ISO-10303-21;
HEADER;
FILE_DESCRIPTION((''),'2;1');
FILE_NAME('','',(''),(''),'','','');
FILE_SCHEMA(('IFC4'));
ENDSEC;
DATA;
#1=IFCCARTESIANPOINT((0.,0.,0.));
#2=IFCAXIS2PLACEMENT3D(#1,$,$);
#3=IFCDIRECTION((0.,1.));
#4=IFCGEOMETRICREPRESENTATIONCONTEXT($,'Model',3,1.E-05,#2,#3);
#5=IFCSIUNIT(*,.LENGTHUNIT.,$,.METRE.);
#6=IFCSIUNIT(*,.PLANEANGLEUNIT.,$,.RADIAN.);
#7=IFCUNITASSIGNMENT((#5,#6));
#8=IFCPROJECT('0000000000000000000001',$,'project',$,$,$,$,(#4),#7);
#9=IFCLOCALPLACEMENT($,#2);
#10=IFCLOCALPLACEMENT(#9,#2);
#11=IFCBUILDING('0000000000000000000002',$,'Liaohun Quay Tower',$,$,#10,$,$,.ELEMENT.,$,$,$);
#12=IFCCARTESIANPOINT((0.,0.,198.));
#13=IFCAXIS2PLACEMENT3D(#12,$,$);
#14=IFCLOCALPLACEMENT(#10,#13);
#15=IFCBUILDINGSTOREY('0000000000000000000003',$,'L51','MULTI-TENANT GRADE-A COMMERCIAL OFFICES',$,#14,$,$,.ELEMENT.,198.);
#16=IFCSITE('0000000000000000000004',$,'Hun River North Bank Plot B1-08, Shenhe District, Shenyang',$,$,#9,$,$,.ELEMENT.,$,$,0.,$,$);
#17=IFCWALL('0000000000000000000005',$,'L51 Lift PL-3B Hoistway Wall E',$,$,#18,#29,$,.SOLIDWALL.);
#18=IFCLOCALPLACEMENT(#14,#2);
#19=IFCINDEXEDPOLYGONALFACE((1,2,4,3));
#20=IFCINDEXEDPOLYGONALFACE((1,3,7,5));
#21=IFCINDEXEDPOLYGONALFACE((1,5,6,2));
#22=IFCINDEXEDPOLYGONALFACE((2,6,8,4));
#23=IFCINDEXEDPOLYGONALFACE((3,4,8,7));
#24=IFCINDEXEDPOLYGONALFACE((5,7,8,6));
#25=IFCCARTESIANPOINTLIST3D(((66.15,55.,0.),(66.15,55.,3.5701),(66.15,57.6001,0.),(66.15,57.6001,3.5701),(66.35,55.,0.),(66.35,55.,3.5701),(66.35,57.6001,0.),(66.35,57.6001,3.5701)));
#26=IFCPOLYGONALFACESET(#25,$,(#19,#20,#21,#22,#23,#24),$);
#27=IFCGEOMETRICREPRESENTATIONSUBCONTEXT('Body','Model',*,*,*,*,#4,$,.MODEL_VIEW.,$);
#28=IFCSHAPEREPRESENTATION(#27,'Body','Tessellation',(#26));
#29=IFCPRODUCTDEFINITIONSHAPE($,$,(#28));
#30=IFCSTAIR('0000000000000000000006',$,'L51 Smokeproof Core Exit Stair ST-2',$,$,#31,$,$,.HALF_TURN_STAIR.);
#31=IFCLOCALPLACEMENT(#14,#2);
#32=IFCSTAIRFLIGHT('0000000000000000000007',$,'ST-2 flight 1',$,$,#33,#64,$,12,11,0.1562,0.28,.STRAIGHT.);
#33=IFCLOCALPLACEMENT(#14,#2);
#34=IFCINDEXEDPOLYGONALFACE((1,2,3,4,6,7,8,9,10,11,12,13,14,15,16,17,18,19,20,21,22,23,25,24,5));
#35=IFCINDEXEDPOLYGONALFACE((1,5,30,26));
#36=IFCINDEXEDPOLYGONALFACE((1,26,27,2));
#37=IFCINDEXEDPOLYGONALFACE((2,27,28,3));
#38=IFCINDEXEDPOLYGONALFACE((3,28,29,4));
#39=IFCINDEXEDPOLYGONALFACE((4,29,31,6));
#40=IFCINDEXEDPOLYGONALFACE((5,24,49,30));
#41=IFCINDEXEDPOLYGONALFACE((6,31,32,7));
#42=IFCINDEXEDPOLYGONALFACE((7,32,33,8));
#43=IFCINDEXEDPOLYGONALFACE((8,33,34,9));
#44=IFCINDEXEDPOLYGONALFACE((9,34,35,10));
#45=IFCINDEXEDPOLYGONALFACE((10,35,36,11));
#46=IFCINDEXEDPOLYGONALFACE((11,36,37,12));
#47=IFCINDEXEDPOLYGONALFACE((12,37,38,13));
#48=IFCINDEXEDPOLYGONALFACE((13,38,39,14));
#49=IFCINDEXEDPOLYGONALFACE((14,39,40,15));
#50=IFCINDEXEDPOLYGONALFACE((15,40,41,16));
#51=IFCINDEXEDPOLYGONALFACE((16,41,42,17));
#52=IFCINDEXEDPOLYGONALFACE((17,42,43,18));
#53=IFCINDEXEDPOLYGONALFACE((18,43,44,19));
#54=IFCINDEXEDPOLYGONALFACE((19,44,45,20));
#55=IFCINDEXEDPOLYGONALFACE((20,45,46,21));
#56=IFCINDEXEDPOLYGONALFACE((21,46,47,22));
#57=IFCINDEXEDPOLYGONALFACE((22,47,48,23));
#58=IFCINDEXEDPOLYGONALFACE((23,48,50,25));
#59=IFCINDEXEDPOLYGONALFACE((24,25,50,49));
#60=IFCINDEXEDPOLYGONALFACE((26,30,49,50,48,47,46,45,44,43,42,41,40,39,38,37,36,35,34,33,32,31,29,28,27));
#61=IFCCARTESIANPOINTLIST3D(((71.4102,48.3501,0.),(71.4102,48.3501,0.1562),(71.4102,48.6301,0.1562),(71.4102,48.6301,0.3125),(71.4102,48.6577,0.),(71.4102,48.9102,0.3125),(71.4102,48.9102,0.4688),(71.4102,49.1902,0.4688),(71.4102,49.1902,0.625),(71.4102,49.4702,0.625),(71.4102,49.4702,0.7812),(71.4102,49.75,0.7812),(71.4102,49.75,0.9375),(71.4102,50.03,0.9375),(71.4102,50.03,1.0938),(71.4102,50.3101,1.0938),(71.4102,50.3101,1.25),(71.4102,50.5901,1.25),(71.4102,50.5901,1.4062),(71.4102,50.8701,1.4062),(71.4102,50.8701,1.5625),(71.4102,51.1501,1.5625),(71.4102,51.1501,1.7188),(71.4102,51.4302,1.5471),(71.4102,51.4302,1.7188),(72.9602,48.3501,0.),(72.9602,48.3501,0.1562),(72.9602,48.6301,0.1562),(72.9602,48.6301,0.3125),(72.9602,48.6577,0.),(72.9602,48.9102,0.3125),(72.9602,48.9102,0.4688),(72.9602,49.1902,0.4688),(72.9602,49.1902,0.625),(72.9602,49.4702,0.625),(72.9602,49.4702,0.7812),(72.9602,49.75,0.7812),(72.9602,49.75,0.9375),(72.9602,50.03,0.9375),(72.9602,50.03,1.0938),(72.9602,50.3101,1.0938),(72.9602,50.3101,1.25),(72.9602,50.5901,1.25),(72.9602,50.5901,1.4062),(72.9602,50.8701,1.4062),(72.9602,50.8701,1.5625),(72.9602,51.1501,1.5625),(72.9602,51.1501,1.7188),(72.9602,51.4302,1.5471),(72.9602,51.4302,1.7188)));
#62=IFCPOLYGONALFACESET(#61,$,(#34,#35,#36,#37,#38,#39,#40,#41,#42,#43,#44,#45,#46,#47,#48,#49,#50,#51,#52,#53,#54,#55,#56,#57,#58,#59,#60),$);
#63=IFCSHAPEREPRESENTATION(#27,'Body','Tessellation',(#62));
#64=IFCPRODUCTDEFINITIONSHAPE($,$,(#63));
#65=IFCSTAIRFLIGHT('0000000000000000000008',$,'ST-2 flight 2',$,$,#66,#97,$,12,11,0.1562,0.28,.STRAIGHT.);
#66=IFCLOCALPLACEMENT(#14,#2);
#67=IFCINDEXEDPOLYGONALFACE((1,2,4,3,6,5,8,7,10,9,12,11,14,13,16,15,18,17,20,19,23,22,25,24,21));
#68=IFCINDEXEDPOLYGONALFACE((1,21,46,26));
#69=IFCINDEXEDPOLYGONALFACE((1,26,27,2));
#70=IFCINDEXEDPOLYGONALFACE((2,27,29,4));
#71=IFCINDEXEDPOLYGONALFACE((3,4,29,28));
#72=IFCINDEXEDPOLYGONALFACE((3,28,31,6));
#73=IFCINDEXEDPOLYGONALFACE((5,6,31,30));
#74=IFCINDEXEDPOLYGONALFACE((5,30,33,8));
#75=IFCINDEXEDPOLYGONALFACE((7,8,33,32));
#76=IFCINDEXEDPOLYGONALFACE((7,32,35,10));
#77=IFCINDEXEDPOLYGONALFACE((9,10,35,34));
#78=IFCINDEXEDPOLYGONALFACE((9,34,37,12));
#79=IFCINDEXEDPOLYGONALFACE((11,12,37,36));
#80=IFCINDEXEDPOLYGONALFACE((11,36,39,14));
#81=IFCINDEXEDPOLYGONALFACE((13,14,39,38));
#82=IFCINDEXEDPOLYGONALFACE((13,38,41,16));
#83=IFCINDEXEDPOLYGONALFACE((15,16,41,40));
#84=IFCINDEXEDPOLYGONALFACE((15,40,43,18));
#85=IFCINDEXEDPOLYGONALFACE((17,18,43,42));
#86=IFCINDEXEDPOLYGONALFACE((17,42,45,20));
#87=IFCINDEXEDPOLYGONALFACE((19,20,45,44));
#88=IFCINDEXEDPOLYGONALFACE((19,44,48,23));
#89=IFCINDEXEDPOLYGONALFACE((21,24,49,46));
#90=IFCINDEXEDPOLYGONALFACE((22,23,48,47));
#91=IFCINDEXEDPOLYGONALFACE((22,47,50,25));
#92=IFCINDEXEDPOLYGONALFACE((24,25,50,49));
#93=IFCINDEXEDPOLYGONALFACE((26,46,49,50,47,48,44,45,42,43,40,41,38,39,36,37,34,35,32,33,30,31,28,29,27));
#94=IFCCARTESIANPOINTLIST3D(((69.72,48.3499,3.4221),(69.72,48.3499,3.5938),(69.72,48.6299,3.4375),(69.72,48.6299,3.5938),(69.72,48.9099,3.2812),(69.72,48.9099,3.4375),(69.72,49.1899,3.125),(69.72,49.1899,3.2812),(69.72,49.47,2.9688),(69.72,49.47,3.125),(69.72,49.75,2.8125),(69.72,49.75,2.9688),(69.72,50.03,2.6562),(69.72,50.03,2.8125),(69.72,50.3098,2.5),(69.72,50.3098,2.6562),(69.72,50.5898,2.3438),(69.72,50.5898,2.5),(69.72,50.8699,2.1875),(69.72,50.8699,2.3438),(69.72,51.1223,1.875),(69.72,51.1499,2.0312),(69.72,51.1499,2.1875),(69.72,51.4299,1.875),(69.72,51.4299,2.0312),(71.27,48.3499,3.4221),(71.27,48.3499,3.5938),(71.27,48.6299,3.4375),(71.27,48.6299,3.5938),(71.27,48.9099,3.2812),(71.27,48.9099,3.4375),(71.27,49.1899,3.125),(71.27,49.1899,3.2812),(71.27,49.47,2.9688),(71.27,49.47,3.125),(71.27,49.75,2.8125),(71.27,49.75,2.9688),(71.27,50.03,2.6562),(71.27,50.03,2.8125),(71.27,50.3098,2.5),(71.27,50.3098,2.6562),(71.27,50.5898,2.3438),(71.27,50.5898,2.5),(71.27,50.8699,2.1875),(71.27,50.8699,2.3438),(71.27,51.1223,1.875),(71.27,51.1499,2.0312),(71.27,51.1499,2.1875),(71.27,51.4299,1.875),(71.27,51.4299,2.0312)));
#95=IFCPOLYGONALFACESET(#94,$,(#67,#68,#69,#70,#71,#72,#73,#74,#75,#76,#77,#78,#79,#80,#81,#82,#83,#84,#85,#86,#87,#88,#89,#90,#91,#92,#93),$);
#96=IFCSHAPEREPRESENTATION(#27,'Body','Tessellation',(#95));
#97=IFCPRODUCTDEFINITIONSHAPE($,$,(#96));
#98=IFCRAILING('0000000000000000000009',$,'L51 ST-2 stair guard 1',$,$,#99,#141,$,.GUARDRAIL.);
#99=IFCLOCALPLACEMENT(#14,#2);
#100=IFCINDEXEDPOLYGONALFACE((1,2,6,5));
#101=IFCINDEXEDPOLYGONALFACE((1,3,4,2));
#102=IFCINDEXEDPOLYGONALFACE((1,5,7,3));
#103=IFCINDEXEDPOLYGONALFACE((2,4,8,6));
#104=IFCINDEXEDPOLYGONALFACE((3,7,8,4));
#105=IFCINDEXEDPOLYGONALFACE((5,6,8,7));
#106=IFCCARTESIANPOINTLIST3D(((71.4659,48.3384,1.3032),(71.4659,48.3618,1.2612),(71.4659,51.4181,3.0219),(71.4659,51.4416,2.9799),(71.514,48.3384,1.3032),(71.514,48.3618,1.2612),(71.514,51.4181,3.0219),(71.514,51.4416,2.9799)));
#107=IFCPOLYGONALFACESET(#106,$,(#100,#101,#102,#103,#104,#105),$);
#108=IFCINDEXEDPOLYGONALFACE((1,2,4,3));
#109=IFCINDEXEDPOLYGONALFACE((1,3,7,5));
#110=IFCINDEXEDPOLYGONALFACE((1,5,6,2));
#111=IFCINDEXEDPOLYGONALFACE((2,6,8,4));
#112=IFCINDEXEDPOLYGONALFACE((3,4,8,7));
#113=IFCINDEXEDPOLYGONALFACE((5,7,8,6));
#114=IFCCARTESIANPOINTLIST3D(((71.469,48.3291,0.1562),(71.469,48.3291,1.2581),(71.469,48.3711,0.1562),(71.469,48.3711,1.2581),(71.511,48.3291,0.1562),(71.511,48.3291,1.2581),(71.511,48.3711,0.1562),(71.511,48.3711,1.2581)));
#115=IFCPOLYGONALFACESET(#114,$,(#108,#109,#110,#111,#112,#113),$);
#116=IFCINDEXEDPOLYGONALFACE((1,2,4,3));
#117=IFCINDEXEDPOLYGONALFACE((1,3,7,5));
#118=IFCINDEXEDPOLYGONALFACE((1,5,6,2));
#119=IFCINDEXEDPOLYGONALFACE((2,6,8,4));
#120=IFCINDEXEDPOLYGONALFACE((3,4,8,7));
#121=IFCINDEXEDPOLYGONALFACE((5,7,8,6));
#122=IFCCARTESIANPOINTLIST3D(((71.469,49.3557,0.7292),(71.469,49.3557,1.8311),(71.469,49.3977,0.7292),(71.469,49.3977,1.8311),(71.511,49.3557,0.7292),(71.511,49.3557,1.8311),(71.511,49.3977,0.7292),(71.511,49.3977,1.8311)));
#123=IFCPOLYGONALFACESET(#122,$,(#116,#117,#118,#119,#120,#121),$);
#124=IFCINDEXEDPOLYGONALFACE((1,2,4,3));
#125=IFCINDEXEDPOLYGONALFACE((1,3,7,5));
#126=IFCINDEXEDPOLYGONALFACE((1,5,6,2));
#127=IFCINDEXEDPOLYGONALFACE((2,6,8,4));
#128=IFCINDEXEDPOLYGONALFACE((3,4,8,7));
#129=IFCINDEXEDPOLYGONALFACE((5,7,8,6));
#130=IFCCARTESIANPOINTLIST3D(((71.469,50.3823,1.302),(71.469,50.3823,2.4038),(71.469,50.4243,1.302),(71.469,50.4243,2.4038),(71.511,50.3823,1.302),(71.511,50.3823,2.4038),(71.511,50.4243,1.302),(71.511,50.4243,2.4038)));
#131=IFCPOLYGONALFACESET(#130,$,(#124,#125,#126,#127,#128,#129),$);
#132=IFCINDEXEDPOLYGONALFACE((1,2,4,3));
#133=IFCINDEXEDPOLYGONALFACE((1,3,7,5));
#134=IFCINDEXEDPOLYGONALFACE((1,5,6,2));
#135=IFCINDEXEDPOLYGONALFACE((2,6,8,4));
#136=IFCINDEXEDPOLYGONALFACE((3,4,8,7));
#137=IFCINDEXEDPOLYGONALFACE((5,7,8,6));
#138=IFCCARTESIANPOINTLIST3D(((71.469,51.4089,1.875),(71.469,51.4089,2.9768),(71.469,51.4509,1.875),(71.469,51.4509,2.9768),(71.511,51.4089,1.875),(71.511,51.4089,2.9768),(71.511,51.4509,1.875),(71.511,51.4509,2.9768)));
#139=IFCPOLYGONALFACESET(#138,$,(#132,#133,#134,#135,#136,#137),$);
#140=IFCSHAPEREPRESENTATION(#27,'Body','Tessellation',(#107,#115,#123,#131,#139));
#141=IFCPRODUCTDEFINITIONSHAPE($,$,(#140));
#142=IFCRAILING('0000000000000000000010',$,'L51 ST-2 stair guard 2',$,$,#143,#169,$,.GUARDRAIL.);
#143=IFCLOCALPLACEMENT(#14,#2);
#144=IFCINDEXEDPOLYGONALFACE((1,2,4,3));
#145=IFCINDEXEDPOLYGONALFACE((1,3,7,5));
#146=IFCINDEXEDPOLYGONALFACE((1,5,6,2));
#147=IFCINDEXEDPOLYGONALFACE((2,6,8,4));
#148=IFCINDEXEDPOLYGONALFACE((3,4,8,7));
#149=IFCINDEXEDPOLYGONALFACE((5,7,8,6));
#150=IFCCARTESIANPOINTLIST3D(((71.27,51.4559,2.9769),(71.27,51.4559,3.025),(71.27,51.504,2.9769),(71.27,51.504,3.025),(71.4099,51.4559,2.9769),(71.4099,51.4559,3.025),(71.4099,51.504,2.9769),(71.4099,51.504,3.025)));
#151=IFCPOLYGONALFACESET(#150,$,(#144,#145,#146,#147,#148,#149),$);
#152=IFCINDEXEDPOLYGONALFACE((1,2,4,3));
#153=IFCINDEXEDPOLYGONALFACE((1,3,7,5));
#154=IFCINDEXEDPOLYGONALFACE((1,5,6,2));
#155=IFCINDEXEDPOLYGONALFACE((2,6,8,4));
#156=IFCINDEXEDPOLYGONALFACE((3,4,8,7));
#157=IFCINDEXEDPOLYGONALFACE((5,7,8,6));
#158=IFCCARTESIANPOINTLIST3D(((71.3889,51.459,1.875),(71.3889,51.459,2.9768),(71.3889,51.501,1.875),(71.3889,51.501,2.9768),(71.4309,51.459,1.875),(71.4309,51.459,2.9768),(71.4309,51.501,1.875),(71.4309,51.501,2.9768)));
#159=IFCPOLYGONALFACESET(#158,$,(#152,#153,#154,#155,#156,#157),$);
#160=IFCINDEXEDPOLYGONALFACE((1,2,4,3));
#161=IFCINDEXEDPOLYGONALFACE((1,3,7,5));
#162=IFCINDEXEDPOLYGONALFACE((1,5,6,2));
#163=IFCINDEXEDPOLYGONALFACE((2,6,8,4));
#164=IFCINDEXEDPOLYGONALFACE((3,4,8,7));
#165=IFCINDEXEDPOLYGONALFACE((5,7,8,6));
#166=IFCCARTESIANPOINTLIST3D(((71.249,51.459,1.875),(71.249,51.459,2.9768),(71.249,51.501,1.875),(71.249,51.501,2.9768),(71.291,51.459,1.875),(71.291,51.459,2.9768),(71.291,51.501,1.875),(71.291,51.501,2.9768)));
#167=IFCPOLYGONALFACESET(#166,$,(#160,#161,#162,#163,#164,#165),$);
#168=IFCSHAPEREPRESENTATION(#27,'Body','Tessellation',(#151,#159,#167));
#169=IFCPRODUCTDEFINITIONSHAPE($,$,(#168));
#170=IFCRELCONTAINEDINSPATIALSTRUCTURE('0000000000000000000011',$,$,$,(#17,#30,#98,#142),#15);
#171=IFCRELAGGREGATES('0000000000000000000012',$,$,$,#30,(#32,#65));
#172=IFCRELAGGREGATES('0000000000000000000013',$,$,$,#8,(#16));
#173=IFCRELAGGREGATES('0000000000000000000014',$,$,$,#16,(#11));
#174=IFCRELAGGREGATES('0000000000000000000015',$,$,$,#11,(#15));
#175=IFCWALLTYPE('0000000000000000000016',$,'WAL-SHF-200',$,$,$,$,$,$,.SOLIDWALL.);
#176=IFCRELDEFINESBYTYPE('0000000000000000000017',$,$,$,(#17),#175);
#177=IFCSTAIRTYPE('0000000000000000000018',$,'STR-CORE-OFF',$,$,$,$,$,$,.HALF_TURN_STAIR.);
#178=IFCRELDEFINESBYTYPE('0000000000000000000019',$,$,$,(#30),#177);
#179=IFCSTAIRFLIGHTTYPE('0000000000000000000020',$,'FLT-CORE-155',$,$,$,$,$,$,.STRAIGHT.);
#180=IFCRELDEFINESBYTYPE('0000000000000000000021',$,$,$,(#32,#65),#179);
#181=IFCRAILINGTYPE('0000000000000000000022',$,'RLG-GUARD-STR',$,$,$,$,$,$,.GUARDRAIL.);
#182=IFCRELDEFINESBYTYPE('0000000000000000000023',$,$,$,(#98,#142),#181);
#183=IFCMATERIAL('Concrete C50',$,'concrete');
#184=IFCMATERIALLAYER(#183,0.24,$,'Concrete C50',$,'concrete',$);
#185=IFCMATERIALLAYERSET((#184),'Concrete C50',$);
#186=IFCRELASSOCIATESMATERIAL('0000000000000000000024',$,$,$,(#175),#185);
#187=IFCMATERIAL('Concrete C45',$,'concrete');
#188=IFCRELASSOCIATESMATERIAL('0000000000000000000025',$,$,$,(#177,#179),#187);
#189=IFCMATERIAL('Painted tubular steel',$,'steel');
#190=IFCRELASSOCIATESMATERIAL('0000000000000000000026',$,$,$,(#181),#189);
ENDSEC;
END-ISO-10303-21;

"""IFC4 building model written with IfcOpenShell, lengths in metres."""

from ifc_helpers import new_model, si_unit, direction, frame, frame_2d, origin, origin_2d, place, context, subcontext, project, spatial, polyline, rectangle, outline, extrude, material, layer, layer_set, type_object, element, aggregate, save


model = new_model("IFC4")

# Units and contexts
model_context = context("Model", 3, precision=1e-05, world=origin(), true_north=direction((0.0, 1.0)))
body_context = subcontext(model_context, "Body", "Model", "MODEL_VIEW")
ifc_project = project(units=[si_unit("LENGTHUNIT", "METRE"), si_unit("PLANEANGLEUNIT", "RADIAN")], contexts=[model_context])

# Site, building, storey
site_placement = place(None, origin())
site = spatial("IfcSite", under=ifc_project, at=site_placement, Name="Hun River North Bank Plot B1-08, Shenhe District, Shenyang", CompositionType="ELEMENT", RefElevation=0.0)
building_placement = place(site_placement, origin())
building = spatial("IfcBuilding", under=site, at=building_placement, Name="Liaohun Quay Tower", CompositionType="ELEMENT")
storey_placement = place(building_placement, frame((0.0, 0.0, 198.0)))
storey = spatial("IfcBuildingStorey", under=building, at=storey_placement, Name="L51", Description="MULTI-TENANT GRADE-A COMMERCIAL OFFICES", CompositionType="ELEMENT", Elevation=198.0)

# Shared definitions
ifc_material_1 = material(Name="Concrete C50", Category="concrete")
ifc_layer_1 = layer(ifc_material_1, 0.24, Name="Concrete C50", Category="concrete")
ifc_layer_set_1 = layer_set([ifc_layer_1], Name="Concrete C50")
wall_type_1 = type_object("IfcWallType", Name="WAL-SHF-200", PredefinedType="SOLIDWALL", material=ifc_layer_set_1)

# Wall
wall_1_placement = place(storey_placement, frame((66.25, 55.0, 0.0), z_axis=(0.0, 0.0, 1.0), x_axis=(0.0, 1.0, 0.0)))
element("IfcWall", 1, at=wall_1_placement, inside=storey, type_object=wall_type_1, Name="L51 Lift PL-3B Hoistway Wall E", PredefinedType="SOLIDWALL", context=body_context, shape_type="SweptSolid", body=[
    extrude(rectangle(XDim=2.6001, YDim=0.2, at=frame_2d((1.3, 0.0))), origin(), (0.0, 0.0, 1.0), 3.5701),
])

# Stair, stair flights
ifc_material_2 = material(Name="Concrete C45", Category="concrete")
stair_type = type_object("IfcStairType", Name="STR-CORE-OFF", PredefinedType="HALF_TURN_STAIR", material=ifc_material_2)
stair_placement = place(storey_placement, origin())
stair = element("IfcStair", 2, at=stair_placement, inside=storey, type_object=stair_type, Name="L51 Smokeproof Core Exit Stair ST-2", PredefinedType="HALF_TURN_STAIR")
stair_flight_type = type_object("IfcStairFlightType", Name="FLT-CORE-155", PredefinedType="STRAIGHT", material=ifc_material_2)
stair_flight_1_placement = place(storey_placement, frame((72.1851, 48.3501, 0.0), z_axis=(0.0, 0.0, 1.0), x_axis=(0.0, 1.0, 0.0)))
stair_flight_1 = element("IfcStairFlight", 3, at=stair_flight_1_placement, type_object=stair_flight_type, Name="ST-2 flight 1", NumberOfRisers=12, NumberOfTreads=11, PredefinedType="STRAIGHT", RiserHeight=0.1562, TreadLength=0.28, context=body_context, shape_type="SweptSolid", body=[
    extrude(outline(polyline([(0.0, 0.0), (0.0, 0.1562), (0.28, 0.1562), (0.28, 0.3125), (0.5601, 0.3125), (0.5601, 0.4688), (0.8401, 0.4688), (0.8401, 0.625), (1.1201, 0.625), (1.1201, 0.7812), (1.3999, 0.7812), (1.3999, 0.9375), (1.6799, 0.9375), (1.6799, 1.0938), (1.96, 1.0938), (1.96, 1.25), (2.24, 1.25), (2.24, 1.4062), (2.52, 1.4062), (2.52, 1.5625), (2.8, 1.5625), (2.8, 1.7188), (3.0801, 1.7188), (3.0801, 1.875), (3.0801, 1.5471), (0.3076, 0.0), (0.0, 0.0)])), frame((0.0, 0.7749, 0.0), z_axis=(0.0, -1.0, 0.0), x_axis=(1.0, 0.0, 0.0)), (0.0, 0.0, 1.0), 1.55),
])
stair_flight_2_placement = place(storey_placement, frame((70.4951, 51.4299, 1.875), z_axis=(0.0, 0.0, 1.0), x_axis=(0.0, -1.0, 0.0)))
stair_flight_2 = element("IfcStairFlight", 4, at=stair_flight_2_placement, type_object=stair_flight_type, Name="ST-2 flight 2", NumberOfRisers=12, NumberOfTreads=11, PredefinedType="STRAIGHT", RiserHeight=0.1562, TreadLength=0.28, context=body_context, shape_type="SweptSolid", body=[
    extrude(outline(polyline([(0.0, 0.0), (0.0, 0.1562), (0.28, 0.1562), (0.28, 0.3125), (0.5601, 0.3125), (0.5601, 0.4688), (0.8401, 0.4688), (0.8401, 0.625), (1.1201, 0.625), (1.1201, 0.7812), (1.3999, 0.7812), (1.3999, 0.9375), (1.6799, 0.9375), (1.6799, 1.0938), (1.96, 1.0938), (1.96, 1.25), (2.24, 1.25), (2.24, 1.4062), (2.52, 1.4062), (2.52, 1.5625), (2.8, 1.5625), (2.8, 1.7188), (3.0801, 1.7188), (3.0801, 1.875), (3.0801, 1.5471), (0.3076, 0.0), (0.0, 0.0)])), frame((0.0, 0.7749, 0.0), z_axis=(0.0, -1.0, 0.0), x_axis=(1.0, 0.0, 0.0)), (0.0, 0.0, 1.0), 1.55),
])
aggregate(stair, [stair_flight_1, stair_flight_2])

# Railings
ifc_material_3 = material(Name="Painted tubular steel", Category="steel")
railing_type_1 = type_object("IfcRailingType", Name="RLG-GUARD-STR", PredefinedType="GUARDRAIL", material=ifc_material_3)
railing_1_placement = place(storey_placement, frame((71.49, 48.3501, 0.1562)))
element("IfcRailing", 5, at=railing_1_placement, inside=storey, type_object=railing_type_1, Name="L51 ST-2 stair guard 1", PredefinedType="GUARDRAIL", context=body_context, shape_type="SweptSolid", body=[
    extrude(rectangle(XDim=0.0481, YDim=0.0481, at=origin_2d()), frame((0.0, 0.0, 1.126), z_axis=(0.0, 0.873225, 0.487317), x_axis=(-1.0, 0.0, 0.0)), (0.0, 0.0, 1.0), 3.5269),
    extrude(rectangle(XDim=0.042, YDim=0.042, at=origin_2d()), origin(), (0.0, 0.0, 1.0), 1.1018),
    extrude(rectangle(XDim=0.042, YDim=0.042, at=origin_2d()), frame((0.0, 1.0266, 0.573)), (0.0, 0.0, 1.0), 1.1018),
    extrude(rectangle(XDim=0.042, YDim=0.042, at=origin_2d()), frame((0.0, 2.0532, 1.1458)), (0.0, 0.0, 1.0), 1.1018),
    extrude(rectangle(XDim=0.042, YDim=0.042, at=origin_2d()), frame((0.0, 3.0798, 1.7188)), (0.0, 0.0, 1.0), 1.1018),
])
railing_2_placement = place(storey_placement, frame((71.4099, 51.48, 1.875)))
element("IfcRailing", 6, at=railing_2_placement, inside=storey, type_object=railing_type_1, Name="L51 ST-2 stair guard 2", PredefinedType="GUARDRAIL", context=body_context, shape_type="SweptSolid", body=[
    extrude(rectangle(XDim=0.0481, YDim=0.0481, at=origin_2d()), frame((0.0, 0.0, 1.126), z_axis=(-1.0, 0.0, 0.0), x_axis=(0.0, -1.0, 0.0)), (0.0, 0.0, 1.0), 0.1399),
    extrude(rectangle(XDim=0.042, YDim=0.042, at=origin_2d()), origin(), (0.0, 0.0, 1.0), 1.1018),
    extrude(rectangle(XDim=0.042, YDim=0.042, at=origin_2d()), frame((-0.1399, 0.0, 0.0)), (0.0, 0.0, 1.0), 1.1018),
])

save(model, "model.ifc")
